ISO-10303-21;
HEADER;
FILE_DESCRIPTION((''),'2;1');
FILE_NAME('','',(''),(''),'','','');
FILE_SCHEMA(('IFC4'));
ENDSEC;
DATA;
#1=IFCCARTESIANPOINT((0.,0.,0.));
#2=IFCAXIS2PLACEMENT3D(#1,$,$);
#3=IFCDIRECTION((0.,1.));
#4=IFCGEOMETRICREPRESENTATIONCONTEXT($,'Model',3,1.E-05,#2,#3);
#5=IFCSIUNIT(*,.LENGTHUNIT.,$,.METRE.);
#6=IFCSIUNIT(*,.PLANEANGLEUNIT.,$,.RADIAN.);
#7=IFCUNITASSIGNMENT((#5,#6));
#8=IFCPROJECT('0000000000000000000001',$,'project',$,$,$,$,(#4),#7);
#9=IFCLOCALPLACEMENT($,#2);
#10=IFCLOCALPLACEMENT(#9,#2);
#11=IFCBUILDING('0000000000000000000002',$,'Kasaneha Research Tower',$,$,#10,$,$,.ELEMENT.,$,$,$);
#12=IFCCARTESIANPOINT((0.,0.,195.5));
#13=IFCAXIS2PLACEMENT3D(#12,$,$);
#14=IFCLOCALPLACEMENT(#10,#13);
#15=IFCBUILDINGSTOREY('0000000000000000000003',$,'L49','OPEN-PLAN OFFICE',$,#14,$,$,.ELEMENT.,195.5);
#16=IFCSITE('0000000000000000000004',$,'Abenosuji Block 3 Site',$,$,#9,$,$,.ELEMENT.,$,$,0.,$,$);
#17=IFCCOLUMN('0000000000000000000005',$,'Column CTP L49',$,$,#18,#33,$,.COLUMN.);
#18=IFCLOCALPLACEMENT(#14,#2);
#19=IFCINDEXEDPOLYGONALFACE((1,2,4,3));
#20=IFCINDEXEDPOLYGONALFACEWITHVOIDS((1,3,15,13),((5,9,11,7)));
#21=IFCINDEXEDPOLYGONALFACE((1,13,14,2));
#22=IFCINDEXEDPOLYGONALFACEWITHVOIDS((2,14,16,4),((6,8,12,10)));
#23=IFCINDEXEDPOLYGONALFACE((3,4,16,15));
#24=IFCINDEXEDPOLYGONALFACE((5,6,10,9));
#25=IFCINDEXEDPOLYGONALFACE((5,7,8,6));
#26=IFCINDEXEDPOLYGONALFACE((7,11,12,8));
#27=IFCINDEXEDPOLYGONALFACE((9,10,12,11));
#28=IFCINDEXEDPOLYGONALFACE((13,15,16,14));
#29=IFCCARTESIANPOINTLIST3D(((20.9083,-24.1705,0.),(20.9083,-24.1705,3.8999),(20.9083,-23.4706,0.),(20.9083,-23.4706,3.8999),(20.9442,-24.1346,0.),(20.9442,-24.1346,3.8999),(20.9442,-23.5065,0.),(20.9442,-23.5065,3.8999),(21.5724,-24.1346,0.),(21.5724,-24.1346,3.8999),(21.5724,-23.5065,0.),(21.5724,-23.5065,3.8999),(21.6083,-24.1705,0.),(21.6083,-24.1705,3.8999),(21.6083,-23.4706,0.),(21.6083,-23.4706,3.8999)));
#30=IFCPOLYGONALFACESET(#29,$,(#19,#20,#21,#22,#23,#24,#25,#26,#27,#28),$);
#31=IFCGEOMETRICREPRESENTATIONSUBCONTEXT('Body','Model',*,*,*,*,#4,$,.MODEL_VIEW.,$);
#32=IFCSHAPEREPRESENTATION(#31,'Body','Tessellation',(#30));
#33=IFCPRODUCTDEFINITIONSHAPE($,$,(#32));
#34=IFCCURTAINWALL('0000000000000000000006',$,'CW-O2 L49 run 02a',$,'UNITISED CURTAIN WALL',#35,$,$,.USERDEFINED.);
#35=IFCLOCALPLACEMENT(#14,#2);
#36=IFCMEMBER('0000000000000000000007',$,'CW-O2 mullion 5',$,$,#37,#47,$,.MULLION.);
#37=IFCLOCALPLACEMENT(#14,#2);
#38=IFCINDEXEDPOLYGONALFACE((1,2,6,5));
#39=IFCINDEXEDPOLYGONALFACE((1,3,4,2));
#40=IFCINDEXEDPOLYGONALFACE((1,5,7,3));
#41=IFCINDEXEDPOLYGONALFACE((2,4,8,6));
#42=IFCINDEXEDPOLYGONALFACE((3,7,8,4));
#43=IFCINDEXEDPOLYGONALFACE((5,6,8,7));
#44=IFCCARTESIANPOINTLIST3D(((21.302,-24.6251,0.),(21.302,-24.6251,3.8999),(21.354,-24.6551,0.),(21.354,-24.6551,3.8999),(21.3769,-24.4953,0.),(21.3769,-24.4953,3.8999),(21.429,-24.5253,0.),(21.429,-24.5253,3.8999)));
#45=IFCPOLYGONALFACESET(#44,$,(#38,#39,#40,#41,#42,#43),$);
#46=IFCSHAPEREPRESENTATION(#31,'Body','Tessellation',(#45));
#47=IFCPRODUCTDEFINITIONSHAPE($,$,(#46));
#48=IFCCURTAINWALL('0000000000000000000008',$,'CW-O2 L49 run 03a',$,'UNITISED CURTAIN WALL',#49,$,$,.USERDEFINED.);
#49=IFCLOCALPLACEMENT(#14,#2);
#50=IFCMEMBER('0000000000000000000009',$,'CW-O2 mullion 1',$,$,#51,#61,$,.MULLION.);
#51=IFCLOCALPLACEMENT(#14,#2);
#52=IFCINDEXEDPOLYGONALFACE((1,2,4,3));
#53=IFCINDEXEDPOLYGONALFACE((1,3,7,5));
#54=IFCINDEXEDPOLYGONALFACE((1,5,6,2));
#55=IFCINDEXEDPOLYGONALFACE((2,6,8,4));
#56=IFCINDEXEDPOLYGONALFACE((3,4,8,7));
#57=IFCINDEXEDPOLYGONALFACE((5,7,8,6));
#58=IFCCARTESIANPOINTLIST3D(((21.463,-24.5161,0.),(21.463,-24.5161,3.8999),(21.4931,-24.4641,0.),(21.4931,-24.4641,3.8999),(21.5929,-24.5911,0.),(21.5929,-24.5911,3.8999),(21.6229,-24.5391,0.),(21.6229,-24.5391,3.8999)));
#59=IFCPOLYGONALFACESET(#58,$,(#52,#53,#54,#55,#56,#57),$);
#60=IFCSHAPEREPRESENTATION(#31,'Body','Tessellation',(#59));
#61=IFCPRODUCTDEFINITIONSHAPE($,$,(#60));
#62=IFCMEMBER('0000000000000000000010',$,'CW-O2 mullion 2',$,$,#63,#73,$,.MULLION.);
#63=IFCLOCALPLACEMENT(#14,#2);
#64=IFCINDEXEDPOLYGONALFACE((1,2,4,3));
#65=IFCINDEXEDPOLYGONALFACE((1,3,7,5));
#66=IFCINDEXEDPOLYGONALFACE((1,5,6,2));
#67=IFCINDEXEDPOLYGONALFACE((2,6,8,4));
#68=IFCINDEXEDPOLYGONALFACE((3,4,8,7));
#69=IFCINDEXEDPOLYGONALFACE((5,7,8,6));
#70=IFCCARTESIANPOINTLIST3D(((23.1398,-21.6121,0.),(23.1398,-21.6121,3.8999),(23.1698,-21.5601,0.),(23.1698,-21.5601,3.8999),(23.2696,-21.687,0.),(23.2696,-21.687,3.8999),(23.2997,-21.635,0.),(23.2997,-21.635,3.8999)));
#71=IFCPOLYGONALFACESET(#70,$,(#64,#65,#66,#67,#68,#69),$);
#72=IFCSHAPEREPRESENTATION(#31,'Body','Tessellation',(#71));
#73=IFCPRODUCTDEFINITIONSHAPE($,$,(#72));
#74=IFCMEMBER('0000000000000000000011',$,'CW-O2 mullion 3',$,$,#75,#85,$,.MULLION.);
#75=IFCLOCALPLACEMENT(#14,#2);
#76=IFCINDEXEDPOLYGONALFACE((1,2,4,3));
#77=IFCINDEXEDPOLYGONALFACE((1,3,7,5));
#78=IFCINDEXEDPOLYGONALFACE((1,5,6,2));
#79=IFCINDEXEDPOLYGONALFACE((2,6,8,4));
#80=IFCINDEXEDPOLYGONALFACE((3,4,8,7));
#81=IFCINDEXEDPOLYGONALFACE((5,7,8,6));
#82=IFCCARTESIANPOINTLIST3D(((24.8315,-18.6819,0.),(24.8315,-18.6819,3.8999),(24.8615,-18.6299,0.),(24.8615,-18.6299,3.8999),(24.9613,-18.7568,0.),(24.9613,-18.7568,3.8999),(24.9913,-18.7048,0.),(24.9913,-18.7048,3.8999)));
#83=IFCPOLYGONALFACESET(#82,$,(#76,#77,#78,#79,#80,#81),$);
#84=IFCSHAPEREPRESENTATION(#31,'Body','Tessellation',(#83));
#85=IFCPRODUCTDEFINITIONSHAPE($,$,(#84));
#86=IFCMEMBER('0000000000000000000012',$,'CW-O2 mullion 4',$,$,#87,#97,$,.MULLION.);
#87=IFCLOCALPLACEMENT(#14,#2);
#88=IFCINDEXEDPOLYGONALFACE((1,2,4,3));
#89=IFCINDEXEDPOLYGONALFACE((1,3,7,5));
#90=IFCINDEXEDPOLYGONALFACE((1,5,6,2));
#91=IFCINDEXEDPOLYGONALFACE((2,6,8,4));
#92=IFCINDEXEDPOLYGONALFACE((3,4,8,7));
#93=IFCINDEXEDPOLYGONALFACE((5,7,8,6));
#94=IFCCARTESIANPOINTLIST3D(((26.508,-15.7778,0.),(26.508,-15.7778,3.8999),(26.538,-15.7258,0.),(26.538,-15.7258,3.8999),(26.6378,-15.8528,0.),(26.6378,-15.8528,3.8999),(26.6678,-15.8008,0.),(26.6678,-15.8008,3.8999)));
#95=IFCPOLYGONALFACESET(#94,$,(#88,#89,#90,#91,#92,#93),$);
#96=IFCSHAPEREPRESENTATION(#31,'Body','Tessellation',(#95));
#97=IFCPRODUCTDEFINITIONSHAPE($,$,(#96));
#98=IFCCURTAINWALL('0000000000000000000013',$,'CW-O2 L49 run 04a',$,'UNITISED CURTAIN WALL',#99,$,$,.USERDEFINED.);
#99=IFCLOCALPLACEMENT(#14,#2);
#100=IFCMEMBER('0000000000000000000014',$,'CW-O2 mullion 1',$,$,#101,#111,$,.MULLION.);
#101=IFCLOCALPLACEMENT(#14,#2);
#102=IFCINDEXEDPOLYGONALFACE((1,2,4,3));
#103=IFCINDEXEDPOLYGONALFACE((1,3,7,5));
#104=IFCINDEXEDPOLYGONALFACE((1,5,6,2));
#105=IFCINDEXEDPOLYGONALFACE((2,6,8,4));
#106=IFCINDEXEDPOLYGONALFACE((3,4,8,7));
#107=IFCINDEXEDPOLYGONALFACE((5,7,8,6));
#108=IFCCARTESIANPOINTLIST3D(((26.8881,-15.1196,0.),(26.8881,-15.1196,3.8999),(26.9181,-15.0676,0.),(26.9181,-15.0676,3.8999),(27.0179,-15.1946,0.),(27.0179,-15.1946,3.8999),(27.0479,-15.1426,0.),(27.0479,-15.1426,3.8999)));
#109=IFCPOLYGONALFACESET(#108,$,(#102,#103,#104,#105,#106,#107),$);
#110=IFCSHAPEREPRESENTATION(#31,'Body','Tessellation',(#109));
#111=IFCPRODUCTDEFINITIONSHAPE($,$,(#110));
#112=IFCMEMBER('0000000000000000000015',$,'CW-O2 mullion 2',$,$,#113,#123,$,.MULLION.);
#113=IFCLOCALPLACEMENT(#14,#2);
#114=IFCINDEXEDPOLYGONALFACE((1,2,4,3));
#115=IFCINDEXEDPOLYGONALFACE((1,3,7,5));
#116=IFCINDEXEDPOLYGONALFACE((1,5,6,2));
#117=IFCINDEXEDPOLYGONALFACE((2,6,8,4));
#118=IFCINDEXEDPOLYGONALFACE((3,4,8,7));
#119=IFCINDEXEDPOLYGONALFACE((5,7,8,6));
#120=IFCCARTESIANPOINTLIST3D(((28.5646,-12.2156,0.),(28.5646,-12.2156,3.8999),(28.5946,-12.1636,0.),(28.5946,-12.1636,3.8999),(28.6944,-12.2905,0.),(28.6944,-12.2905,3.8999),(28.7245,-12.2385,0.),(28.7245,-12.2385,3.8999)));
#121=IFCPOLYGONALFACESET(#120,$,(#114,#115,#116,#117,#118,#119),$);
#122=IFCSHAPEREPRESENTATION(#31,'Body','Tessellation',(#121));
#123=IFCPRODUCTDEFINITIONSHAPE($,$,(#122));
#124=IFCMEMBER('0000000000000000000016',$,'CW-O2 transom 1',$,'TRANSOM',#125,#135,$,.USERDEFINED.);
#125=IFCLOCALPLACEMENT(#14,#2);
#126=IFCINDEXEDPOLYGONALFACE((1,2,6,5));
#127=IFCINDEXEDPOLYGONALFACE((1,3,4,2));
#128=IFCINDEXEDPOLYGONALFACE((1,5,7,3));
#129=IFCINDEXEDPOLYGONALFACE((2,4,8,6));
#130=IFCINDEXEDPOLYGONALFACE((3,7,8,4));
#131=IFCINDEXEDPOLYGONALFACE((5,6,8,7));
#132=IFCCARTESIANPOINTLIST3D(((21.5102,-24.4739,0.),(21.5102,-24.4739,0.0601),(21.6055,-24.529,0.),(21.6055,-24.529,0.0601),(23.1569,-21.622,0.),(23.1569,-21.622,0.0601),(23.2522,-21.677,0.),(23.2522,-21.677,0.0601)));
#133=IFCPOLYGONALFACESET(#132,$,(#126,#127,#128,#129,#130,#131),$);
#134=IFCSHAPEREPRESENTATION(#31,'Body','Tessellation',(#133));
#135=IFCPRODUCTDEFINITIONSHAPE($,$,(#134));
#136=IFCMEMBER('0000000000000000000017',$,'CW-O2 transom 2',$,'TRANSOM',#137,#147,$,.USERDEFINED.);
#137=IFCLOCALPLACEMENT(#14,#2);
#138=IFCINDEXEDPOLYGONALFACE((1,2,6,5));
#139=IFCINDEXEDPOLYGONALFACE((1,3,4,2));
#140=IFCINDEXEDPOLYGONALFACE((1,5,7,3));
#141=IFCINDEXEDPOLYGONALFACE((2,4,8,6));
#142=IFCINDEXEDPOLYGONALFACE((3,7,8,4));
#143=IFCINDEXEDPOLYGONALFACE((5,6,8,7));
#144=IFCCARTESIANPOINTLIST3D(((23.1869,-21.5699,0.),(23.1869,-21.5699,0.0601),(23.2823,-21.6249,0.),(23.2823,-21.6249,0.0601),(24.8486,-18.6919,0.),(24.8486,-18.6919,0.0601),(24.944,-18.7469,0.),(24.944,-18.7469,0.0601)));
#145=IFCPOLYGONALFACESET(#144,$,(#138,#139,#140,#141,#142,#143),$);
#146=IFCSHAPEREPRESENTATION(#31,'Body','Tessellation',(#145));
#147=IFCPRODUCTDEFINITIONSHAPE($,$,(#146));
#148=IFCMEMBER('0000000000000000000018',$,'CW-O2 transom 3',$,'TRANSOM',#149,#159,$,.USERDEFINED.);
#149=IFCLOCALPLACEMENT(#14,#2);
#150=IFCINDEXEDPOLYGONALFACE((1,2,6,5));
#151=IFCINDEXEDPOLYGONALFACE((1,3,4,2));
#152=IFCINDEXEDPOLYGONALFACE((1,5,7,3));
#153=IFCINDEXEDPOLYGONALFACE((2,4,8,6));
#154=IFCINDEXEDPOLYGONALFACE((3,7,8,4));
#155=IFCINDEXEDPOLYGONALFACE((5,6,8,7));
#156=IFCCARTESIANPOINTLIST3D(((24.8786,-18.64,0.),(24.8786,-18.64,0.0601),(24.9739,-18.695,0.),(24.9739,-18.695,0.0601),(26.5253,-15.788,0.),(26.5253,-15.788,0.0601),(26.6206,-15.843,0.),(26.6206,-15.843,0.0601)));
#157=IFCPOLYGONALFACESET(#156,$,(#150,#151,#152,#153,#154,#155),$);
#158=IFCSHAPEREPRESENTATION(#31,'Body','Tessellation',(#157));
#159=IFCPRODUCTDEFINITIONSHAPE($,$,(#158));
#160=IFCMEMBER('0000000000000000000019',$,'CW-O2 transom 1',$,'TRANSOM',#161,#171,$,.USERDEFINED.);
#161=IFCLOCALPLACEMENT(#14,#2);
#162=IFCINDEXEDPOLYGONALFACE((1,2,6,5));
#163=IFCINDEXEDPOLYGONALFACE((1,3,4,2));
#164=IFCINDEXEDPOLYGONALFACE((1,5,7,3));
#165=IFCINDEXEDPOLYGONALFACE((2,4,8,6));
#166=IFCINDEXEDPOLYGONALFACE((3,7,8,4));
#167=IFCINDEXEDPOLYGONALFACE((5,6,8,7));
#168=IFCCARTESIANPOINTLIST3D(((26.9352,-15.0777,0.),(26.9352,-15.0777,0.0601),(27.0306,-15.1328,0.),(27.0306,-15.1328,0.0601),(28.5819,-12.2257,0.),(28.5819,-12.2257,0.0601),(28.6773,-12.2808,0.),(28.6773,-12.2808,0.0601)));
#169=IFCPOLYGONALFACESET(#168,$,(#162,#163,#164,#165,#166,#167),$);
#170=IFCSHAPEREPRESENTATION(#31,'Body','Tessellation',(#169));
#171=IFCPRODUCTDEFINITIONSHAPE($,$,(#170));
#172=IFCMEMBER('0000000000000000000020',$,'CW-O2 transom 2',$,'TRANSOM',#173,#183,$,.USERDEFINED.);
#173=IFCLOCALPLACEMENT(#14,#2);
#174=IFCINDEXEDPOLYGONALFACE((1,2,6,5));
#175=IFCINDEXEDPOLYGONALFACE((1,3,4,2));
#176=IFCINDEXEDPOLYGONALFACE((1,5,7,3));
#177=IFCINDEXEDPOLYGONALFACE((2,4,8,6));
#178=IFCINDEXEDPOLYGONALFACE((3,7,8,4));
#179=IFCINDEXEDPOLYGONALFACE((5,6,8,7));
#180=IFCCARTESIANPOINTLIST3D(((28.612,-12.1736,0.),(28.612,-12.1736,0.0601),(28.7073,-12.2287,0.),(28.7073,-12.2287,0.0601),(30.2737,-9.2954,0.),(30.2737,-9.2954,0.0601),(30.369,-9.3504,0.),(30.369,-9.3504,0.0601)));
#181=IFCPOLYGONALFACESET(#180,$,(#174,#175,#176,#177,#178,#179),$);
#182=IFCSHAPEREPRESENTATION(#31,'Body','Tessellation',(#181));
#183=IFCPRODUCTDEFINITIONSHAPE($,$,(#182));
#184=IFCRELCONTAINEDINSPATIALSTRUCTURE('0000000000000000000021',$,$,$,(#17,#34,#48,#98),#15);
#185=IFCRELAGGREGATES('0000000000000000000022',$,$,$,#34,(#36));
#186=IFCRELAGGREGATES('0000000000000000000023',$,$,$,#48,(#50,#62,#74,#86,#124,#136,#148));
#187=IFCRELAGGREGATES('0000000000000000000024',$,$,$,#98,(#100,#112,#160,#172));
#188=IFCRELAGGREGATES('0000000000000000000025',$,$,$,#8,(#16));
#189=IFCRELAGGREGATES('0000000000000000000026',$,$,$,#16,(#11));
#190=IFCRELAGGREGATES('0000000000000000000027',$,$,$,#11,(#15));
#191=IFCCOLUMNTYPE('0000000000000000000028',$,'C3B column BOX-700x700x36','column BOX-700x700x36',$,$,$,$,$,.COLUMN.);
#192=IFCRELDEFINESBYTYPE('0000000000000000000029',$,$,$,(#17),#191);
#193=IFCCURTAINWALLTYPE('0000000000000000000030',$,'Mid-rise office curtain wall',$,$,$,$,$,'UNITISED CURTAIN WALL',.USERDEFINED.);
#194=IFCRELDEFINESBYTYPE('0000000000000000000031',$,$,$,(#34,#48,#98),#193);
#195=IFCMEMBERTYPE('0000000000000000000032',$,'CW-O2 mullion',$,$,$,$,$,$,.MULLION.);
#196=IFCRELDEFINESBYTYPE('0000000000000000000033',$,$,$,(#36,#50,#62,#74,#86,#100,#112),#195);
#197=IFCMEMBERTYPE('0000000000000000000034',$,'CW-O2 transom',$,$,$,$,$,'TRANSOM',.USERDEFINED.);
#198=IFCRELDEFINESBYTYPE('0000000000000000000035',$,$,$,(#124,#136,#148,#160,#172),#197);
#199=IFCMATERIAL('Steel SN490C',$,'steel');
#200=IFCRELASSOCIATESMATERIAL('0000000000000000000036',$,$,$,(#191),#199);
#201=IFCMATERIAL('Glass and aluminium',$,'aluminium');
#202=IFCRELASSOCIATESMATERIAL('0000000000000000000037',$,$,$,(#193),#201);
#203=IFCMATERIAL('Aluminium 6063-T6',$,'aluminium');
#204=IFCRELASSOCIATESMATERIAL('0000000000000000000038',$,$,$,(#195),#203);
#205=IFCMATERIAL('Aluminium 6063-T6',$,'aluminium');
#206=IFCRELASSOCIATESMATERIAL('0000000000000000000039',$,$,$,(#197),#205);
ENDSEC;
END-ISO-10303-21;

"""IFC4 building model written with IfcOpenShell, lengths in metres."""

from ifc_helpers import new_model, si_unit, direction, frame, origin, origin_2d, place, context, subcontext, project, spatial, rectangle, hollow_rectangle, extrude, material, material_profile, profile_set, type_object, element, aggregate, save


model = new_model("IFC4")

# Units and contexts
model_context = context("Model", 3, precision=1e-05, world=origin(), true_north=direction((0.0, 1.0)))
body_context = subcontext(model_context, "Body", "Model", "MODEL_VIEW")
ifc_project = project(units=[si_unit("LENGTHUNIT", "METRE"), si_unit("PLANEANGLEUNIT", "RADIAN")], contexts=[model_context])

# Site, building, storey
site_placement = place(None, origin())
site = spatial("IfcSite", under=ifc_project, at=site_placement, Name="Abenosuji Block 3 Site", CompositionType="ELEMENT", RefElevation=0.0)
building_placement = place(site_placement, origin())
building = spatial("IfcBuilding", under=site, at=building_placement, Name="Kasaneha Research Tower", CompositionType="ELEMENT")
storey_placement = place(building_placement, frame((0.0, 0.0, 195.5)))
storey = spatial("IfcBuildingStorey", under=building, at=storey_placement, Name="L49", Description="OPEN-PLAN OFFICE", CompositionType="ELEMENT", Elevation=195.5)

# Column
ifc_material_1 = material(Name="Steel SN490C", Category="steel")
ifc_material_profile_1 = material_profile(ifc_material_1, hollow_rectangle(XDim=0.7, YDim=0.7, WallThickness=0.0359, at=origin_2d()), Name="BOX-700x700x36")
ifc_profile_set_1 = profile_set([ifc_material_profile_1], Name="Steel SN490C")
column_type = type_object("IfcColumnType", Name="C3B column BOX-700x700x36", Description="column BOX-700x700x36", PredefinedType="COLUMN", material=ifc_profile_set_1)
column_placement = place(storey_placement, frame((21.2583, -23.8206, 0.0), z_axis=(0.0, 0.0, 1.0), x_axis=(1.0, 0.0, 0.0)))
element("IfcColumn", 1, at=column_placement, inside=storey, type_object=column_type, Name="Column CTP L49", PredefinedType="COLUMN", context=body_context, shape_type="SweptSolid", body=[
    extrude(hollow_rectangle(XDim=0.7, YDim=0.7, WallThickness=0.0359, at=origin_2d()), origin(), (0.0, 0.0, 1.0), 3.8999),
])

# Curtain wall, member
ifc_material_2 = material(Name="Glass and aluminium", Category="aluminium")
curtain_wall_type = type_object("IfcCurtainWallType", Name="Mid-rise office curtain wall", ElementType="UNITISED CURTAIN WALL", PredefinedType="USERDEFINED", material=ifc_material_2)
curtain_wall_1_placement = place(storey_placement, origin())
curtain_wall_1 = element("IfcCurtainWall", 2, at=curtain_wall_1_placement, inside=storey, type_object=curtain_wall_type, Name="CW-O2 L49 run 02a", ObjectType="UNITISED CURTAIN WALL", PredefinedType="USERDEFINED")
ifc_material_3 = material(Name="Aluminium 6063-T6", Category="aluminium")
ifc_material_profile_2 = material_profile(ifc_material_3, rectangle(XDim=0.0601, YDim=0.1499, at=origin_2d()), Name="CW-O2 mullion 60x150")
ifc_profile_set_2 = profile_set([ifc_material_profile_2], Name="Aluminium 6063-T6")
member_type_1 = type_object("IfcMemberType", Name="CW-O2 mullion", PredefinedType="MULLION", material=ifc_profile_set_2)
member_1_placement = place(storey_placement, frame((21.3655, -24.5752, 0.0), z_axis=(0.0, 0.0, 1.0), x_axis=(0.866025, -0.5, 0.0)))
member_1 = element("IfcMember", 3, at=member_1_placement, type_object=member_type_1, Name="CW-O2 mullion 5", PredefinedType="MULLION", context=body_context, shape_type="SweptSolid", body=[
    extrude(rectangle(XDim=0.0601, YDim=0.1499, at=origin_2d()), origin(), (0.0, 0.0, 1.0), 3.8999),
])

# Curtain walls, members
curtain_wall_2_placement = place(storey_placement, origin())
curtain_wall_2 = element("IfcCurtainWall", 4, at=curtain_wall_2_placement, inside=storey, type_object=curtain_wall_type, Name="CW-O2 L49 run 03a", ObjectType="UNITISED CURTAIN WALL", PredefinedType="USERDEFINED")
member_2_placement = place(storey_placement, frame((21.543, -24.5276, 0.0), z_axis=(0.0, 0.0, 1.0), x_axis=(0.5, 0.866025, 0.0)))
member_2 = element("IfcMember", 5, at=member_2_placement, type_object=member_type_1, Name="CW-O2 mullion 1", PredefinedType="MULLION", context=body_context, shape_type="SweptSolid", body=[
    extrude(rectangle(XDim=0.0601, YDim=0.1499, at=origin_2d()), origin(), (0.0, 0.0, 1.0), 3.8999),
])
member_3_placement = place(storey_placement, frame((23.2197, -21.6235, 0.0), z_axis=(0.0, 0.0, 1.0), x_axis=(0.5, 0.866025, 0.0)))
member_3 = element("IfcMember", 6, at=member_3_placement, type_object=member_type_1, Name="CW-O2 mullion 2", PredefinedType="MULLION", context=body_context, shape_type="SweptSolid", body=[
    extrude(rectangle(XDim=0.0601, YDim=0.1499, at=origin_2d()), origin(), (0.0, 0.0, 1.0), 3.8999),
])
member_4_placement = place(storey_placement, frame((24.9114, -18.6934, 0.0), z_axis=(0.0, 0.0, 1.0), x_axis=(0.5, 0.866025, 0.0)))
member_4 = element("IfcMember", 7, at=member_4_placement, type_object=member_type_1, Name="CW-O2 mullion 3", PredefinedType="MULLION", context=body_context, shape_type="SweptSolid", body=[
    extrude(rectangle(XDim=0.0601, YDim=0.1499, at=origin_2d()), origin(), (0.0, 0.0, 1.0), 3.8999),
])
member_5_placement = place(storey_placement, frame((26.5879, -15.7893, 0.0), z_axis=(0.0, 0.0, 1.0), x_axis=(0.5, 0.866025, 0.0)))
member_5 = element("IfcMember", 8, at=member_5_placement, type_object=member_type_1, Name="CW-O2 mullion 4", PredefinedType="MULLION", context=body_context, shape_type="SweptSolid", body=[
    extrude(rectangle(XDim=0.0601, YDim=0.1499, at=origin_2d()), origin(), (0.0, 0.0, 1.0), 3.8999),
])
curtain_wall_3_placement = place(storey_placement, origin())
curtain_wall_3 = element("IfcCurtainWall", 9, at=curtain_wall_3_placement, inside=storey, type_object=curtain_wall_type, Name="CW-O2 L49 run 04a", ObjectType="UNITISED CURTAIN WALL", PredefinedType="USERDEFINED")
member_6_placement = place(storey_placement, frame((26.968, -15.1311, 0.0), z_axis=(0.0, 0.0, 1.0), x_axis=(0.5, 0.866025, 0.0)))
member_6 = element("IfcMember", 10, at=member_6_placement, type_object=member_type_1, Name="CW-O2 mullion 1", PredefinedType="MULLION", context=body_context, shape_type="SweptSolid", body=[
    extrude(rectangle(XDim=0.0601, YDim=0.1499, at=origin_2d()), origin(), (0.0, 0.0, 1.0), 3.8999),
])
member_7_placement = place(storey_placement, frame((28.6445, -12.2271, 0.0), z_axis=(0.0, 0.0, 1.0), x_axis=(0.5, 0.866025, 0.0)))
member_7 = element("IfcMember", 11, at=member_7_placement, type_object=member_type_1, Name="CW-O2 mullion 2", PredefinedType="MULLION", context=body_context, shape_type="SweptSolid", body=[
    extrude(rectangle(XDim=0.0601, YDim=0.1499, at=origin_2d()), origin(), (0.0, 0.0, 1.0), 3.8999),
])

# Members
ifc_material_4 = material(Name="Aluminium 6063-T6", Category="aluminium")
ifc_material_profile_3 = material_profile(ifc_material_4, rectangle(XDim=0.1101, YDim=0.0601, at=origin_2d()), Name="CW-O2 transom 110x60")
ifc_profile_set_3 = profile_set([ifc_material_profile_3], Name="Aluminium 6063-T6")
member_type_2 = type_object("IfcMemberType", Name="CW-O2 transom", ElementType="TRANSOM", PredefinedType="USERDEFINED", material=ifc_profile_set_3)
member_8_placement = place(storey_placement, frame((21.5579, -24.5015, 0.03), z_axis=(0.500022, 0.866013, 0.0), x_axis=(-0.866013, 0.500022, 0.0)))
member_8 = element("IfcMember", 12, at=member_8_placement, type_object=member_type_2, Name="CW-O2 transom 1", ObjectType="TRANSOM", PredefinedType="USERDEFINED", context=body_context, shape_type="SweptSolid", body=[
    extrude(rectangle(XDim=0.1101, YDim=0.0601, at=origin_2d()), origin(), (0.0, 0.0, 1.0), 3.2932),
])
member_9_placement = place(storey_placement, frame((23.2346, -21.5974, 0.03), z_axis=(0.500011, 0.866019, 0.0), x_axis=(-0.866019, 0.500011, 0.0)))
member_9 = element("IfcMember", 13, at=member_9_placement, type_object=member_type_2, Name="CW-O2 transom 2", ObjectType="TRANSOM", PredefinedType="USERDEFINED", context=body_context, shape_type="SweptSolid", body=[
    extrude(rectangle(XDim=0.1101, YDim=0.0601, at=origin_2d()), origin(), (0.0, 0.0, 1.0), 3.3232),
])
member_10_placement = place(storey_placement, frame((24.9263, -18.6675, 0.03), z_axis=(0.500022, 0.866013, 0.0), x_axis=(-0.866013, 0.500022, 0.0)))
member_10 = element("IfcMember", 14, at=member_10_placement, type_object=member_type_2, Name="CW-O2 transom 3", ObjectType="TRANSOM", PredefinedType="USERDEFINED", context=body_context, shape_type="SweptSolid", body=[
    extrude(rectangle(XDim=0.1101, YDim=0.0601, at=origin_2d()), origin(), (0.0, 0.0, 1.0), 3.2932),
])
member_11_placement = place(storey_placement, frame((26.9829, -15.1052, 0.03), z_axis=(0.500022, 0.866013, 0.0), x_axis=(-0.866013, 0.500022, 0.0)))
member_11 = element("IfcMember", 15, at=member_11_placement, type_object=member_type_2, Name="CW-O2 transom 1", ObjectType="TRANSOM", PredefinedType="USERDEFINED", context=body_context, shape_type="SweptSolid", body=[
    extrude(rectangle(XDim=0.1101, YDim=0.0601, at=origin_2d()), origin(), (0.0, 0.0, 1.0), 3.2932),
])
member_12_placement = place(storey_placement, frame((28.6597, -12.2012, 0.03), z_axis=(0.499979, 0.866038, 0.0), x_axis=(-0.866038, 0.499979, 0.0)))
member_12 = element("IfcMember", 16, at=member_12_placement, type_object=member_type_2, Name="CW-O2 transom 2", ObjectType="TRANSOM", PredefinedType="USERDEFINED", context=body_context, shape_type="SweptSolid", body=[
    extrude(rectangle(XDim=0.1101, YDim=0.0601, at=origin_2d()), origin(), (0.0, 0.0, 1.0), 3.3235),
])

aggregate(curtain_wall_1, [member_1])
aggregate(curtain_wall_2, [member_2, member_3, member_4, member_5, member_8, member_9, member_10])
aggregate(curtain_wall_3, [member_6, member_7, member_11, member_12])

save(model, "model.ifc")
